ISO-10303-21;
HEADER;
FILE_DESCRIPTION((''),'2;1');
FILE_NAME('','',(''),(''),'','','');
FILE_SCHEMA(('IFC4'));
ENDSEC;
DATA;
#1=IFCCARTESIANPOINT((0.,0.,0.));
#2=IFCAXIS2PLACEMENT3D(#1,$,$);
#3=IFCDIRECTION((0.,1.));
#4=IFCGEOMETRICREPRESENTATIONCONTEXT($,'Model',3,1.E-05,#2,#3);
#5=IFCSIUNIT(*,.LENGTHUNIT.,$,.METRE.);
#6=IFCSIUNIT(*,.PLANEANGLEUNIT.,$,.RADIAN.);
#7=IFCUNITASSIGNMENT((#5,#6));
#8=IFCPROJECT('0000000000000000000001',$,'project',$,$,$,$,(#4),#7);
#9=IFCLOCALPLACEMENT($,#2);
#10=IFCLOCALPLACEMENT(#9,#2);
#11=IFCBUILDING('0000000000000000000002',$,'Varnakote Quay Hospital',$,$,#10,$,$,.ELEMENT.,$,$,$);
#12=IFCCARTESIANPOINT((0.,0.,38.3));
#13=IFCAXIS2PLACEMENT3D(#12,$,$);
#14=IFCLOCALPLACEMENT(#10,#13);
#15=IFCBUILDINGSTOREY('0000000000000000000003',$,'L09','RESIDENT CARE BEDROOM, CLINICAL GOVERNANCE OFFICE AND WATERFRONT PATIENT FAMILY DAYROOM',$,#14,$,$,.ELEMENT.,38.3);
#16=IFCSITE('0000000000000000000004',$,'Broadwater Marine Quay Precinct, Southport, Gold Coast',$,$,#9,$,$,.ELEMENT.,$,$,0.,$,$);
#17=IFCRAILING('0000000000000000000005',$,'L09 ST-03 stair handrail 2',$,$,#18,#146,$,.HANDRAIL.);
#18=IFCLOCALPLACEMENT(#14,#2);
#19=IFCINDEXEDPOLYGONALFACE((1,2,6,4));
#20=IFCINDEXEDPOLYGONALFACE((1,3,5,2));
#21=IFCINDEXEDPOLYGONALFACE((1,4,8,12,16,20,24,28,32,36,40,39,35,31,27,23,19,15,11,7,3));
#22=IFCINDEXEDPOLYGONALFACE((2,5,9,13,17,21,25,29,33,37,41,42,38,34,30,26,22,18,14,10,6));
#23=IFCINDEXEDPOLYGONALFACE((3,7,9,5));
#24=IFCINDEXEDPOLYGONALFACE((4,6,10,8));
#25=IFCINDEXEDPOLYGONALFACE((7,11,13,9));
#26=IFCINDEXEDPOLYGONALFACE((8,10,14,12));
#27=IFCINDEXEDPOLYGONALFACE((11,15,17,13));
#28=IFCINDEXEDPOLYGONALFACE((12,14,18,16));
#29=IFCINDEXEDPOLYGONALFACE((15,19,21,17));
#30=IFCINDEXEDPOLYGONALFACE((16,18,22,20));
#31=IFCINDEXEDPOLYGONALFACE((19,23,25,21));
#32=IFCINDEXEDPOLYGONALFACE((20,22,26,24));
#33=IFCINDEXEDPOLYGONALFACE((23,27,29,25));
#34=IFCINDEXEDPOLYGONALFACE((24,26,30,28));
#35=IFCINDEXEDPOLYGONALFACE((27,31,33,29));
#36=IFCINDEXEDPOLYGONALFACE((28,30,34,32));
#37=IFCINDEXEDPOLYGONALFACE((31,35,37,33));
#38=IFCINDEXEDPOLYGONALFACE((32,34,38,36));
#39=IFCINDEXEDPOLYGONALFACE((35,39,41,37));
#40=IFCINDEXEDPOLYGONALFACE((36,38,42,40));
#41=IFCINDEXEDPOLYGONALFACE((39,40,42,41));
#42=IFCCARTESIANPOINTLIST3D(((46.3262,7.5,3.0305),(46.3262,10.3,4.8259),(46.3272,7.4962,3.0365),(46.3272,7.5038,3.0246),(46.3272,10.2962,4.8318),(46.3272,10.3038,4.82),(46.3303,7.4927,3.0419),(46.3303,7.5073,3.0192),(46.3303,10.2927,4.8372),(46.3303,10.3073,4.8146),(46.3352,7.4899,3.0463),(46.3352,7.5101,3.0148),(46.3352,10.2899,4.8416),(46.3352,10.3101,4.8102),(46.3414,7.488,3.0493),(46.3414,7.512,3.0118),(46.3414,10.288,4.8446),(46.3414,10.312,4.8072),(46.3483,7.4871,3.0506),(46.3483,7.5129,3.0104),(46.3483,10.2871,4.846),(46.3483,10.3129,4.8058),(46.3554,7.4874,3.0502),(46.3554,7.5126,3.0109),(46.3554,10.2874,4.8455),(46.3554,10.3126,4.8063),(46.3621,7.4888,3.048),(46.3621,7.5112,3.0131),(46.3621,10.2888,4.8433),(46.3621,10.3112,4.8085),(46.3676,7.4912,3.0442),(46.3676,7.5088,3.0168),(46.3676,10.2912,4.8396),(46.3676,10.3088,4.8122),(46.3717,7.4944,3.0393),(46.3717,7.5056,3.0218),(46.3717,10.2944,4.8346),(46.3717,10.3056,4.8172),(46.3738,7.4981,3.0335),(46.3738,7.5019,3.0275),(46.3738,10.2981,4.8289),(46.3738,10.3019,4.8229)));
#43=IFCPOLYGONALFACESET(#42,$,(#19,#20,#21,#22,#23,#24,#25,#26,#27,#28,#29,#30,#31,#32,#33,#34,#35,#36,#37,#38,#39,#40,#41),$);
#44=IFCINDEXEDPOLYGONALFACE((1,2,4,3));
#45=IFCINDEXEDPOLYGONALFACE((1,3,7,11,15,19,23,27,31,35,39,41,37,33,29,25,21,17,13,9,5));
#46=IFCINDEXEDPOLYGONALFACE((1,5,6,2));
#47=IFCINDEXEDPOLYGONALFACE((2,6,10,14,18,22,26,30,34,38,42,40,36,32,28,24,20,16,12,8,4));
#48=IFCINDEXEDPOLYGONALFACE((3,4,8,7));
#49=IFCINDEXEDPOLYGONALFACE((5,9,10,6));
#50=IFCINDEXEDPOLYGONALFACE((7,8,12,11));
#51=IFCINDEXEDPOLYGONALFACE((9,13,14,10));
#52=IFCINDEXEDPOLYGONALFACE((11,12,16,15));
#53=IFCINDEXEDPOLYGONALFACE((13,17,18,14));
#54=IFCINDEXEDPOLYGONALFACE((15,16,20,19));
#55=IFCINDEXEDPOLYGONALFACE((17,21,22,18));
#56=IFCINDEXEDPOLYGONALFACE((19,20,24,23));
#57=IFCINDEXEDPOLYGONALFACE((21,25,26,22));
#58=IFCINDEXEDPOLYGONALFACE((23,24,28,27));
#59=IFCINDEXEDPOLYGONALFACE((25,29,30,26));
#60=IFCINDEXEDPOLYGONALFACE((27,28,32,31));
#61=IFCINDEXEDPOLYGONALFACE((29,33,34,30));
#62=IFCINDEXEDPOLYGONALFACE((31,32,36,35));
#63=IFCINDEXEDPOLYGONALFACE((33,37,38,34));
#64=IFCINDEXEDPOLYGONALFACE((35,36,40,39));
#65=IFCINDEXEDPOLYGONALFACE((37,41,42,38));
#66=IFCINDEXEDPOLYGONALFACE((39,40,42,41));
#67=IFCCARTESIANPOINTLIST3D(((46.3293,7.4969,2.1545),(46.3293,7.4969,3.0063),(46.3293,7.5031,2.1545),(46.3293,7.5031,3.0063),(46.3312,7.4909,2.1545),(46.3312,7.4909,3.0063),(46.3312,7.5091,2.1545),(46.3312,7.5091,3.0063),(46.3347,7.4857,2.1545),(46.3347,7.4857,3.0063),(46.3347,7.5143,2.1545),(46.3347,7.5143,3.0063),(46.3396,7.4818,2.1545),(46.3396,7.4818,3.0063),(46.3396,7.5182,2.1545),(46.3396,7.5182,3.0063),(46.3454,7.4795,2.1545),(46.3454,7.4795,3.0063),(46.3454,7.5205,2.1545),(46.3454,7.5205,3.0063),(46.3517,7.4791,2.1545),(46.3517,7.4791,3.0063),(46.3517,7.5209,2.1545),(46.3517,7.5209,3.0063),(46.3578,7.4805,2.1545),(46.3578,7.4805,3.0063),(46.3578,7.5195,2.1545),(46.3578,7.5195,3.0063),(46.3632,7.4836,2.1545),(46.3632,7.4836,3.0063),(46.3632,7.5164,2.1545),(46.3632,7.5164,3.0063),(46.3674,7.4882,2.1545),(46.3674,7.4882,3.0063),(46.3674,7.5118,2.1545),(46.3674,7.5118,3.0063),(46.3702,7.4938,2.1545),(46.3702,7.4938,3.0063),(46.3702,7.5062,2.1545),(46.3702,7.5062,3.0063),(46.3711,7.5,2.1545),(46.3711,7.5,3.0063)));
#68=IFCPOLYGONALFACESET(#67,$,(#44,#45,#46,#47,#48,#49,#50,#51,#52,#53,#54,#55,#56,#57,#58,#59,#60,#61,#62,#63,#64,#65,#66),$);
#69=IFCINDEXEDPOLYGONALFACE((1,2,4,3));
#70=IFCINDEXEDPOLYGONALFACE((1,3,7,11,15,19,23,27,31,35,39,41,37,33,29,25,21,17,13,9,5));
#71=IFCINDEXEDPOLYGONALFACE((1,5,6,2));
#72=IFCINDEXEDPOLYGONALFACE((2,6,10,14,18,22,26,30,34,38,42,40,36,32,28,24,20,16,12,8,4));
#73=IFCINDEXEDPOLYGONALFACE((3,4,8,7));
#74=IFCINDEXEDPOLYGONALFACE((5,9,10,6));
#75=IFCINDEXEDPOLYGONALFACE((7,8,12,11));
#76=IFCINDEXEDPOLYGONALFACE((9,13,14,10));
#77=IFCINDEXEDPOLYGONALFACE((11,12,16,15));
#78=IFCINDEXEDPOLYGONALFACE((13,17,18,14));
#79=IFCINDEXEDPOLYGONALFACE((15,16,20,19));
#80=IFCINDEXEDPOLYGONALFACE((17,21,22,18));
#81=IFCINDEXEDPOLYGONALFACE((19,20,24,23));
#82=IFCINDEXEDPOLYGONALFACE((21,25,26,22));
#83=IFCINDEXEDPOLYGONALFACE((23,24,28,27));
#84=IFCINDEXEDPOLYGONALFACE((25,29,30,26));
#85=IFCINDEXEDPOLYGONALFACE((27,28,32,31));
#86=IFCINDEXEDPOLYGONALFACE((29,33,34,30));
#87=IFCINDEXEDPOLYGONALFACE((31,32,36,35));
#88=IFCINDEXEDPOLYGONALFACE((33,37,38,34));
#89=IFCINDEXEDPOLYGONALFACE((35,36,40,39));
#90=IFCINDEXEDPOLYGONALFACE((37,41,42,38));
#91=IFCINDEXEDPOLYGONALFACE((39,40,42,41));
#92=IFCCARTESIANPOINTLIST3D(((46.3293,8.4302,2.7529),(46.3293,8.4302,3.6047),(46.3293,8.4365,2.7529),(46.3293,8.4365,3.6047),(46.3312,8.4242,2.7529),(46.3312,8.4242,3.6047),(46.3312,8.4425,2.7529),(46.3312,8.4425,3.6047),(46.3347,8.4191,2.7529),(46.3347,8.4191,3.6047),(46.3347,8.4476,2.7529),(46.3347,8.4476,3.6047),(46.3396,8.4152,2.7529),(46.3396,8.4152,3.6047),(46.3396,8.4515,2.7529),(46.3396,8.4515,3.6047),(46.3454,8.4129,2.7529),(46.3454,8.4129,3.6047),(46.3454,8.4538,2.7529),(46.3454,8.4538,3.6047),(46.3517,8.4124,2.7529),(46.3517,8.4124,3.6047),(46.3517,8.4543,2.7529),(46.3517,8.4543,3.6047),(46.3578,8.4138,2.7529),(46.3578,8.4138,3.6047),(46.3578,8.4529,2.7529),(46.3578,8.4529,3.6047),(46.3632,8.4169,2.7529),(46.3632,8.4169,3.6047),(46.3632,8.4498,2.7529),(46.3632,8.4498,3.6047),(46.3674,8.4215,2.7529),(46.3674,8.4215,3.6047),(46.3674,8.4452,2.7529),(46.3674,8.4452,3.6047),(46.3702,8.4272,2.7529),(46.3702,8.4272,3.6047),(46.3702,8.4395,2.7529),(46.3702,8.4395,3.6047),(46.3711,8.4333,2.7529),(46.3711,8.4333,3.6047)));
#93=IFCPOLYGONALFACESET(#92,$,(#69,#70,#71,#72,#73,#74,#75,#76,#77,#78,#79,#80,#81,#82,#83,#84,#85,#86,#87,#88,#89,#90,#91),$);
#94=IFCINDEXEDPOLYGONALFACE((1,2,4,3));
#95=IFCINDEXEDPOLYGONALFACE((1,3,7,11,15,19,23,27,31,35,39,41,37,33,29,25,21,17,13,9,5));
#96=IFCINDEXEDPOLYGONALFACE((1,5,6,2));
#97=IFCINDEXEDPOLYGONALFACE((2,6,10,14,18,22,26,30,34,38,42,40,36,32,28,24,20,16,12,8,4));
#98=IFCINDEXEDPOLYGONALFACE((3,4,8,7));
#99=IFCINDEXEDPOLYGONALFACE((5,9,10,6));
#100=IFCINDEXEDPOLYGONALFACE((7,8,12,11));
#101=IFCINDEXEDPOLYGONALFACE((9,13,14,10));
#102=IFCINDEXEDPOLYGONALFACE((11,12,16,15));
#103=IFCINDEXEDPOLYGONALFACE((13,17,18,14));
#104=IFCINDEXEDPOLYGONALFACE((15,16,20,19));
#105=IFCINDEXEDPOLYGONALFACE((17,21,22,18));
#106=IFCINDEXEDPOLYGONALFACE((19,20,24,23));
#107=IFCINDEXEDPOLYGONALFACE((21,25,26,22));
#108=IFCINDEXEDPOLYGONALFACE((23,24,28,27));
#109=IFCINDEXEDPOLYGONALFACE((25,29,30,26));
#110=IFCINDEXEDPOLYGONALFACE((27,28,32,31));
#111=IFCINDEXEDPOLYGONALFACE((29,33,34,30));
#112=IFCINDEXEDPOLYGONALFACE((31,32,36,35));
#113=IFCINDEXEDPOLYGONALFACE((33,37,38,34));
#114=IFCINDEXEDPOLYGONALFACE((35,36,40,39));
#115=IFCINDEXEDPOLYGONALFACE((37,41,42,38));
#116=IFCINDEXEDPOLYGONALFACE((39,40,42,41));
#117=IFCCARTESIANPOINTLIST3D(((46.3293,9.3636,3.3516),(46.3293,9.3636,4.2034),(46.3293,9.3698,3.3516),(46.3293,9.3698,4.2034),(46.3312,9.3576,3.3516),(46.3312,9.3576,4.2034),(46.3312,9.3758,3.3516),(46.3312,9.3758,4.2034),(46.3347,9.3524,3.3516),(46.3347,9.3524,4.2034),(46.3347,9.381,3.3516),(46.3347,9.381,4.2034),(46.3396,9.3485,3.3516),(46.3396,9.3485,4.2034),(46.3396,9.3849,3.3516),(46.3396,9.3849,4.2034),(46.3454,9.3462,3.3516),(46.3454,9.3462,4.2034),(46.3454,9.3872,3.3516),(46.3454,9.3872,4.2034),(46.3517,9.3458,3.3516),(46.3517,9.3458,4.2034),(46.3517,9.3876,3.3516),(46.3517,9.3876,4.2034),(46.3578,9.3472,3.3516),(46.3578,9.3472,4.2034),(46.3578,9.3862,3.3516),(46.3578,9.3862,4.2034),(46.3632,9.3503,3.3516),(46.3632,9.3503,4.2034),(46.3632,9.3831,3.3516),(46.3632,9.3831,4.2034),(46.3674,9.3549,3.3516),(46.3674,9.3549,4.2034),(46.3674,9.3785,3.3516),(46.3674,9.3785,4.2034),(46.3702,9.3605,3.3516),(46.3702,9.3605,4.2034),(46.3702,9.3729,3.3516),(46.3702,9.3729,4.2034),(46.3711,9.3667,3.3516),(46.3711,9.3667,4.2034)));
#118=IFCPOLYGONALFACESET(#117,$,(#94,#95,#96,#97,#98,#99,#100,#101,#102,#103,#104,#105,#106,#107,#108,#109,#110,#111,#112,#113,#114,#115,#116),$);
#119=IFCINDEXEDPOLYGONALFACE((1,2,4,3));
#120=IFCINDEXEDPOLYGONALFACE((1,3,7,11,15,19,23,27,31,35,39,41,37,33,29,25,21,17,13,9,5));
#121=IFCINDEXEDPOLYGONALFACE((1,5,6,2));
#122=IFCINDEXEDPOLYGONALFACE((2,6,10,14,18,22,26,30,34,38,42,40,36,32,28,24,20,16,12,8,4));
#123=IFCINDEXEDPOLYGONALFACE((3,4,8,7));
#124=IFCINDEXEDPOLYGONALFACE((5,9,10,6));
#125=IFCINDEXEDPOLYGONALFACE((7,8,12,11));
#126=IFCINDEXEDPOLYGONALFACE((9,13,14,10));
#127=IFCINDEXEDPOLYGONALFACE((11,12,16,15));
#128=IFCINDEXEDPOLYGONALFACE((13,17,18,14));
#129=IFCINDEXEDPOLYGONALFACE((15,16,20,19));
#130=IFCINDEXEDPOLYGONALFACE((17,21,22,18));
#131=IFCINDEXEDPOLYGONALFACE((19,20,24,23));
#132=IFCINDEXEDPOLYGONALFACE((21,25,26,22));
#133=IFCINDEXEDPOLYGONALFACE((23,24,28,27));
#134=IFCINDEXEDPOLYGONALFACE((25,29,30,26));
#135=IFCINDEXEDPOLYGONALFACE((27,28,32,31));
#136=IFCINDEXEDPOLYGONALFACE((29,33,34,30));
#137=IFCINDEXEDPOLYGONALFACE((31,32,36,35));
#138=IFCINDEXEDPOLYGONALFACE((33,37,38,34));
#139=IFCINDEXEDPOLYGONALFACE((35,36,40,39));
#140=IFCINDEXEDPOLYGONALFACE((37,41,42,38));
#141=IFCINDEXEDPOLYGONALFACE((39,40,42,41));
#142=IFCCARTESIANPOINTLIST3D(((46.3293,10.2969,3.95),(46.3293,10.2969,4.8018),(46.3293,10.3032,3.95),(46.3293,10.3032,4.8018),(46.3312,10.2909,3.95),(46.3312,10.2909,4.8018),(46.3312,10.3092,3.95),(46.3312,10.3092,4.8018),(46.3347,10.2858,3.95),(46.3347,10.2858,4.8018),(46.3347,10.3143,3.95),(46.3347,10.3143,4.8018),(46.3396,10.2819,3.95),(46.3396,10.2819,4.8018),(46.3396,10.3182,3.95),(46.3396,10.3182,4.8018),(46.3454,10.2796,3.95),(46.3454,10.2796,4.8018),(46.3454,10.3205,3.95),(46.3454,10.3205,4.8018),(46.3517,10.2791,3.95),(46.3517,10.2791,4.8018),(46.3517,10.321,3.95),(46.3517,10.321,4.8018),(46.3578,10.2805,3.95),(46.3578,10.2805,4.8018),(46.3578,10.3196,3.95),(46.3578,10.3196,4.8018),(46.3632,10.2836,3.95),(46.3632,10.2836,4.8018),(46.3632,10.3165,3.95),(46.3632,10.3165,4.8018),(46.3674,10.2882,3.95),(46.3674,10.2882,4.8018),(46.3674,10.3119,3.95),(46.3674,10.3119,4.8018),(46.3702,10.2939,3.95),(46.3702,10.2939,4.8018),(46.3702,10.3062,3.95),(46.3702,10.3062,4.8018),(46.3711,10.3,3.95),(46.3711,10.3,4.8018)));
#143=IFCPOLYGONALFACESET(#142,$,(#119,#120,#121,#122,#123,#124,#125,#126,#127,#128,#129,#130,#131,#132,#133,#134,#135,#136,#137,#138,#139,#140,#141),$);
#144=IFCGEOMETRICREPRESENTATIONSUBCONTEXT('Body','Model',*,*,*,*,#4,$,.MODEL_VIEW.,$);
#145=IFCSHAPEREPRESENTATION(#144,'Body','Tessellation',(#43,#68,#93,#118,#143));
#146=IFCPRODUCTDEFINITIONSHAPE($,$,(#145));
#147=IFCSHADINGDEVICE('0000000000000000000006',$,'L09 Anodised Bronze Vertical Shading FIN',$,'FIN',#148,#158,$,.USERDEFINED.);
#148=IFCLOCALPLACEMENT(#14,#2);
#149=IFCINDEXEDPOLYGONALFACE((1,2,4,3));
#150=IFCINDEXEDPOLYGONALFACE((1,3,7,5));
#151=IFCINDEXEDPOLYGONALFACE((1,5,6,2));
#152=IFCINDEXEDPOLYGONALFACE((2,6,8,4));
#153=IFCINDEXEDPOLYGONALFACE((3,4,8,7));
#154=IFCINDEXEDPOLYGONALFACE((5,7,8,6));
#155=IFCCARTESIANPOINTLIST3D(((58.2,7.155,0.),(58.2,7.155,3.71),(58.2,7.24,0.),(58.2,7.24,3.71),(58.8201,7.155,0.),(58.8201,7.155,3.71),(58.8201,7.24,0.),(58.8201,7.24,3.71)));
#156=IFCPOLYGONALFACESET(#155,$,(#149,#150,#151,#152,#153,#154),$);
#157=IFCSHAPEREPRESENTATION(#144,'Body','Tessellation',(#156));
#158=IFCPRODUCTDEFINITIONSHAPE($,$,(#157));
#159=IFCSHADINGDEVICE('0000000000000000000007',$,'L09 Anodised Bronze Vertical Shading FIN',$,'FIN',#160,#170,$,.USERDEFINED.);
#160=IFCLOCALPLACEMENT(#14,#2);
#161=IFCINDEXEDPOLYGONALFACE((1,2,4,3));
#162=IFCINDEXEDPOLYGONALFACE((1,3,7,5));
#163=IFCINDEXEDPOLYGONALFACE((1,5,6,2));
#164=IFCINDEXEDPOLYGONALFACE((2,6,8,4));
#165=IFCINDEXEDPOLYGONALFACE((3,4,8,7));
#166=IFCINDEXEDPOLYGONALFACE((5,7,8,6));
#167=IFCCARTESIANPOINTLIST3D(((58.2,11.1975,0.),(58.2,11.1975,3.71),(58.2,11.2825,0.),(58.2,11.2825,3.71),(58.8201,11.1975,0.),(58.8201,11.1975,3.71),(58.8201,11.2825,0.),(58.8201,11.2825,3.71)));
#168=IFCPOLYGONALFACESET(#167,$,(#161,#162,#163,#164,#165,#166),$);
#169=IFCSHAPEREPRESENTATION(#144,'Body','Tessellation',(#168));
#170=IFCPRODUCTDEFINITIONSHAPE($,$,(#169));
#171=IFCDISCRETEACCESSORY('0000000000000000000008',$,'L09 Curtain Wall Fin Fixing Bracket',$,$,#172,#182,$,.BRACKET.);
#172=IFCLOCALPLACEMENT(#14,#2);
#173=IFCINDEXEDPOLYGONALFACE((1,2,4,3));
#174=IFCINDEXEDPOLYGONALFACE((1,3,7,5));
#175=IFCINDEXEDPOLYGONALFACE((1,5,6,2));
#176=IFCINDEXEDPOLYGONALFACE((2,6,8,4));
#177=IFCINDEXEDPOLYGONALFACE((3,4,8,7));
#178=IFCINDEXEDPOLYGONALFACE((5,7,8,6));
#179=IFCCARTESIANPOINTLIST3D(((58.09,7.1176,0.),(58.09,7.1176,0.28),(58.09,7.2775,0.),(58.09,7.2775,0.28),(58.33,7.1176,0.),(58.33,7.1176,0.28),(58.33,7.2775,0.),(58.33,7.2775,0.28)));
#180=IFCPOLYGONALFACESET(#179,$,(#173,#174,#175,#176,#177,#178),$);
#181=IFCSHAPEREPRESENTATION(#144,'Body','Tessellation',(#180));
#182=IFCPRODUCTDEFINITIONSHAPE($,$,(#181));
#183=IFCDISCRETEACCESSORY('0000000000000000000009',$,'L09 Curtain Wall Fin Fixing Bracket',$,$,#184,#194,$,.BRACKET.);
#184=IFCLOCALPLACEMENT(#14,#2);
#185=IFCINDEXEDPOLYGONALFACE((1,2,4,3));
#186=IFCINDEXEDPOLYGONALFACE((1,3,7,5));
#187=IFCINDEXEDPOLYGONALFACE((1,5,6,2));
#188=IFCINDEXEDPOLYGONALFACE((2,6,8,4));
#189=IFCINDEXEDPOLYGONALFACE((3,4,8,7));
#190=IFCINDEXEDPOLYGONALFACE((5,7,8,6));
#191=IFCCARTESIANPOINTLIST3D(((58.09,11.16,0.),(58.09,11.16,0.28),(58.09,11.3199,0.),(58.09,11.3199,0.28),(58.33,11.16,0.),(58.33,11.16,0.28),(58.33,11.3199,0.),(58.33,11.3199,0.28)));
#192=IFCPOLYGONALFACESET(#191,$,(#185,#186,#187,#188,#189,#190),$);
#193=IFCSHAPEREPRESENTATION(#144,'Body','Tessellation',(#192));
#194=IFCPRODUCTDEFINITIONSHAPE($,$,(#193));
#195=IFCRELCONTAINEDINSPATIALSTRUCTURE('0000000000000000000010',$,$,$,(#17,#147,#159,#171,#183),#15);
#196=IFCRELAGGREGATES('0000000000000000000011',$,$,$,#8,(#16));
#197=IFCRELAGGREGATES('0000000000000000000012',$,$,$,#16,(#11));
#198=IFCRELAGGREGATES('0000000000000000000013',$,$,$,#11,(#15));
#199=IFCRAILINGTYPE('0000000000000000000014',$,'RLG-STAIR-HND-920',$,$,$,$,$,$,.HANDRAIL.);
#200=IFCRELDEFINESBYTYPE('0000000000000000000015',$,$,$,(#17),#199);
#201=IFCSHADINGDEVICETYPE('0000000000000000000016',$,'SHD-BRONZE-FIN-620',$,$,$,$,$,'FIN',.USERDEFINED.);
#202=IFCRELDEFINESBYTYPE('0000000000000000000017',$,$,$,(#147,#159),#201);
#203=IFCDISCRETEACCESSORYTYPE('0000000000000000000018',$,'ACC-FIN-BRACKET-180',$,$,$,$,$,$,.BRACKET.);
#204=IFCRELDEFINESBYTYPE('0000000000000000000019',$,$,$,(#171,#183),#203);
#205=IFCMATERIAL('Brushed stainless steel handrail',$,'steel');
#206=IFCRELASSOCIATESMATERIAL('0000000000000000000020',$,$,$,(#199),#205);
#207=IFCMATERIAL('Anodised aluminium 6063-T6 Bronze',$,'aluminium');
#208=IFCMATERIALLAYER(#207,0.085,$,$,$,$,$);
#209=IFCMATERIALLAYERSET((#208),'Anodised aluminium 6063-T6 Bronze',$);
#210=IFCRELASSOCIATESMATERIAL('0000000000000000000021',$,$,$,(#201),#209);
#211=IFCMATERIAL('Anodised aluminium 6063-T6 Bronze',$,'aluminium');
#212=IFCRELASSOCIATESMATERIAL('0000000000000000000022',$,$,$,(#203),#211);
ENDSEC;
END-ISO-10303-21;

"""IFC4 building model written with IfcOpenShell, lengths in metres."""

from ifc_helpers import new_model, si_unit, direction, frame, origin, origin_2d, place, context, subcontext, project, spatial, rectangle, circle, extrude, material, layer, layer_set, type_object, element, save


model = new_model("IFC4")

# Units and contexts
model_context = context("Model", 3, precision=1e-05, world=origin(), true_north=direction((0.0, 1.0)))
body_context = subcontext(model_context, "Body", "Model", "MODEL_VIEW")
ifc_project = project(units=[si_unit("LENGTHUNIT", "METRE"), si_unit("PLANEANGLEUNIT", "RADIAN")], contexts=[model_context])

# Site, building, storey
site_placement = place(None, origin())
site = spatial("IfcSite", under=ifc_project, at=site_placement, Name="Broadwater Marine Quay Precinct, Southport, Gold Coast", CompositionType="ELEMENT", RefElevation=0.0)
building_placement = place(site_placement, origin())
building = spatial("IfcBuilding", under=site, at=building_placement, Name="Varnakote Quay Hospital", CompositionType="ELEMENT")
storey_placement = place(building_placement, frame((0.0, 0.0, 38.3)))
storey = spatial("IfcBuildingStorey", under=building, at=storey_placement, Name="L09", Description="RESIDENT CARE BEDROOM, CLINICAL GOVERNANCE OFFICE AND WATERFRONT PATIENT FAMILY DAYROOM", CompositionType="ELEMENT", Elevation=38.3)

# Railing
ifc_material_1 = material(Name="Brushed stainless steel handrail", Category="steel")
railing_type = type_object("IfcRailingType", Name="RLG-STAIR-HND-920", PredefinedType="HANDRAIL", material=ifc_material_1)
railing_placement = place(storey_placement, frame((46.3501, 7.5, 2.1545)))
element("IfcRailing", 1, at=railing_placement, inside=storey, type_object=railing_type, Name="L09 ST-03 stair handrail 2", PredefinedType="HANDRAIL", context=body_context, shape_type="SweptSolid", body=[
    extrude(circle(Radius=0.0239, at=origin_2d()), frame((0.0, 0.0, 0.876), z_axis=(0.0, 0.84181, 0.539774), x_axis=(-1.0, 0.0, 0.0)), (0.0, 0.0, 1.0), 3.3262),
    extrude(circle(Radius=0.021, at=origin_2d()), origin(), (0.0, 0.0, 1.0), 0.8518),
    extrude(circle(Radius=0.021, at=origin_2d()), frame((0.0, 0.9333, 0.5984)), (0.0, 0.0, 1.0), 0.8518),
    extrude(circle(Radius=0.021, at=origin_2d()), frame((0.0, 1.8667, 1.197)), (0.0, 0.0, 1.0), 0.8518),
    extrude(circle(Radius=0.021, at=origin_2d()), frame((0.0, 2.8, 1.7954)), (0.0, 0.0, 1.0), 0.8518),
])

# Shading devices
ifc_material_2 = material(Name="Anodised aluminium 6063-T6 Bronze", Category="aluminium")
ifc_layer_1 = layer(ifc_material_2, 0.085)
ifc_layer_set_1 = layer_set([ifc_layer_1], Name="Anodised aluminium 6063-T6 Bronze")
shading_device_type = type_object("IfcShadingDeviceType", Name="SHD-BRONZE-FIN-620", ElementType="FIN", PredefinedType="USERDEFINED", material=ifc_layer_set_1)
for number, where, z_axis, x_axis, name in (
    (2, (58.51, 7.1975, 0.0), (0.0, 0.0, 1.0), (-1.0, 0.0, 0.0), "L09 Anodised Bronze Vertical Shading FIN"),
    (3, (58.51, 11.24, 0.0), (0.0, 0.0, 1.0), (-1.0, 0.0, 0.0), "L09 Anodised Bronze Vertical Shading FIN"),
):
    element("IfcShadingDevice", number, at=place(storey_placement, frame(where, z_axis=z_axis, x_axis=x_axis)), inside=storey, type_object=shading_device_type, Name=name, ObjectType="FIN", PredefinedType="USERDEFINED", context=body_context, shape_type="SweptSolid", body=[
        extrude(rectangle(XDim=0.6201, YDim=0.085, at=origin_2d()), origin(), (0.0, 0.0, 1.0), 3.71),
    ])

# Discrete accessories
ifc_material_3 = material(Name="Anodised aluminium 6063-T6 Bronze", Category="aluminium")
discrete_accessory_type = type_object("IfcDiscreteAccessoryType", Name="ACC-FIN-BRACKET-180", PredefinedType="BRACKET", material=ifc_material_3)
for number, where, z_axis, x_axis, name in (
    (4, (58.21, 7.1975, 0.0), (0.0, 0.0, 1.0), (0.0, 1.0, 0.0), "L09 Curtain Wall Fin Fixing Bracket"),
    (5, (58.21, 11.24, 0.0), (0.0, 0.0, 1.0), (0.0, 1.0, 0.0), "L09 Curtain Wall Fin Fixing Bracket"),
):
    element("IfcDiscreteAccessory", number, at=place(storey_placement, frame(where, z_axis=z_axis, x_axis=x_axis)), inside=storey, type_object=discrete_accessory_type, Name=name, PredefinedType="BRACKET", context=body_context, shape_type="SweptSolid", body=[
        extrude(rectangle(XDim=0.1599, YDim=0.24, at=origin_2d()), origin(), (0.0, 0.0, 1.0), 0.28),
    ])

save(model, "model.ifc")
